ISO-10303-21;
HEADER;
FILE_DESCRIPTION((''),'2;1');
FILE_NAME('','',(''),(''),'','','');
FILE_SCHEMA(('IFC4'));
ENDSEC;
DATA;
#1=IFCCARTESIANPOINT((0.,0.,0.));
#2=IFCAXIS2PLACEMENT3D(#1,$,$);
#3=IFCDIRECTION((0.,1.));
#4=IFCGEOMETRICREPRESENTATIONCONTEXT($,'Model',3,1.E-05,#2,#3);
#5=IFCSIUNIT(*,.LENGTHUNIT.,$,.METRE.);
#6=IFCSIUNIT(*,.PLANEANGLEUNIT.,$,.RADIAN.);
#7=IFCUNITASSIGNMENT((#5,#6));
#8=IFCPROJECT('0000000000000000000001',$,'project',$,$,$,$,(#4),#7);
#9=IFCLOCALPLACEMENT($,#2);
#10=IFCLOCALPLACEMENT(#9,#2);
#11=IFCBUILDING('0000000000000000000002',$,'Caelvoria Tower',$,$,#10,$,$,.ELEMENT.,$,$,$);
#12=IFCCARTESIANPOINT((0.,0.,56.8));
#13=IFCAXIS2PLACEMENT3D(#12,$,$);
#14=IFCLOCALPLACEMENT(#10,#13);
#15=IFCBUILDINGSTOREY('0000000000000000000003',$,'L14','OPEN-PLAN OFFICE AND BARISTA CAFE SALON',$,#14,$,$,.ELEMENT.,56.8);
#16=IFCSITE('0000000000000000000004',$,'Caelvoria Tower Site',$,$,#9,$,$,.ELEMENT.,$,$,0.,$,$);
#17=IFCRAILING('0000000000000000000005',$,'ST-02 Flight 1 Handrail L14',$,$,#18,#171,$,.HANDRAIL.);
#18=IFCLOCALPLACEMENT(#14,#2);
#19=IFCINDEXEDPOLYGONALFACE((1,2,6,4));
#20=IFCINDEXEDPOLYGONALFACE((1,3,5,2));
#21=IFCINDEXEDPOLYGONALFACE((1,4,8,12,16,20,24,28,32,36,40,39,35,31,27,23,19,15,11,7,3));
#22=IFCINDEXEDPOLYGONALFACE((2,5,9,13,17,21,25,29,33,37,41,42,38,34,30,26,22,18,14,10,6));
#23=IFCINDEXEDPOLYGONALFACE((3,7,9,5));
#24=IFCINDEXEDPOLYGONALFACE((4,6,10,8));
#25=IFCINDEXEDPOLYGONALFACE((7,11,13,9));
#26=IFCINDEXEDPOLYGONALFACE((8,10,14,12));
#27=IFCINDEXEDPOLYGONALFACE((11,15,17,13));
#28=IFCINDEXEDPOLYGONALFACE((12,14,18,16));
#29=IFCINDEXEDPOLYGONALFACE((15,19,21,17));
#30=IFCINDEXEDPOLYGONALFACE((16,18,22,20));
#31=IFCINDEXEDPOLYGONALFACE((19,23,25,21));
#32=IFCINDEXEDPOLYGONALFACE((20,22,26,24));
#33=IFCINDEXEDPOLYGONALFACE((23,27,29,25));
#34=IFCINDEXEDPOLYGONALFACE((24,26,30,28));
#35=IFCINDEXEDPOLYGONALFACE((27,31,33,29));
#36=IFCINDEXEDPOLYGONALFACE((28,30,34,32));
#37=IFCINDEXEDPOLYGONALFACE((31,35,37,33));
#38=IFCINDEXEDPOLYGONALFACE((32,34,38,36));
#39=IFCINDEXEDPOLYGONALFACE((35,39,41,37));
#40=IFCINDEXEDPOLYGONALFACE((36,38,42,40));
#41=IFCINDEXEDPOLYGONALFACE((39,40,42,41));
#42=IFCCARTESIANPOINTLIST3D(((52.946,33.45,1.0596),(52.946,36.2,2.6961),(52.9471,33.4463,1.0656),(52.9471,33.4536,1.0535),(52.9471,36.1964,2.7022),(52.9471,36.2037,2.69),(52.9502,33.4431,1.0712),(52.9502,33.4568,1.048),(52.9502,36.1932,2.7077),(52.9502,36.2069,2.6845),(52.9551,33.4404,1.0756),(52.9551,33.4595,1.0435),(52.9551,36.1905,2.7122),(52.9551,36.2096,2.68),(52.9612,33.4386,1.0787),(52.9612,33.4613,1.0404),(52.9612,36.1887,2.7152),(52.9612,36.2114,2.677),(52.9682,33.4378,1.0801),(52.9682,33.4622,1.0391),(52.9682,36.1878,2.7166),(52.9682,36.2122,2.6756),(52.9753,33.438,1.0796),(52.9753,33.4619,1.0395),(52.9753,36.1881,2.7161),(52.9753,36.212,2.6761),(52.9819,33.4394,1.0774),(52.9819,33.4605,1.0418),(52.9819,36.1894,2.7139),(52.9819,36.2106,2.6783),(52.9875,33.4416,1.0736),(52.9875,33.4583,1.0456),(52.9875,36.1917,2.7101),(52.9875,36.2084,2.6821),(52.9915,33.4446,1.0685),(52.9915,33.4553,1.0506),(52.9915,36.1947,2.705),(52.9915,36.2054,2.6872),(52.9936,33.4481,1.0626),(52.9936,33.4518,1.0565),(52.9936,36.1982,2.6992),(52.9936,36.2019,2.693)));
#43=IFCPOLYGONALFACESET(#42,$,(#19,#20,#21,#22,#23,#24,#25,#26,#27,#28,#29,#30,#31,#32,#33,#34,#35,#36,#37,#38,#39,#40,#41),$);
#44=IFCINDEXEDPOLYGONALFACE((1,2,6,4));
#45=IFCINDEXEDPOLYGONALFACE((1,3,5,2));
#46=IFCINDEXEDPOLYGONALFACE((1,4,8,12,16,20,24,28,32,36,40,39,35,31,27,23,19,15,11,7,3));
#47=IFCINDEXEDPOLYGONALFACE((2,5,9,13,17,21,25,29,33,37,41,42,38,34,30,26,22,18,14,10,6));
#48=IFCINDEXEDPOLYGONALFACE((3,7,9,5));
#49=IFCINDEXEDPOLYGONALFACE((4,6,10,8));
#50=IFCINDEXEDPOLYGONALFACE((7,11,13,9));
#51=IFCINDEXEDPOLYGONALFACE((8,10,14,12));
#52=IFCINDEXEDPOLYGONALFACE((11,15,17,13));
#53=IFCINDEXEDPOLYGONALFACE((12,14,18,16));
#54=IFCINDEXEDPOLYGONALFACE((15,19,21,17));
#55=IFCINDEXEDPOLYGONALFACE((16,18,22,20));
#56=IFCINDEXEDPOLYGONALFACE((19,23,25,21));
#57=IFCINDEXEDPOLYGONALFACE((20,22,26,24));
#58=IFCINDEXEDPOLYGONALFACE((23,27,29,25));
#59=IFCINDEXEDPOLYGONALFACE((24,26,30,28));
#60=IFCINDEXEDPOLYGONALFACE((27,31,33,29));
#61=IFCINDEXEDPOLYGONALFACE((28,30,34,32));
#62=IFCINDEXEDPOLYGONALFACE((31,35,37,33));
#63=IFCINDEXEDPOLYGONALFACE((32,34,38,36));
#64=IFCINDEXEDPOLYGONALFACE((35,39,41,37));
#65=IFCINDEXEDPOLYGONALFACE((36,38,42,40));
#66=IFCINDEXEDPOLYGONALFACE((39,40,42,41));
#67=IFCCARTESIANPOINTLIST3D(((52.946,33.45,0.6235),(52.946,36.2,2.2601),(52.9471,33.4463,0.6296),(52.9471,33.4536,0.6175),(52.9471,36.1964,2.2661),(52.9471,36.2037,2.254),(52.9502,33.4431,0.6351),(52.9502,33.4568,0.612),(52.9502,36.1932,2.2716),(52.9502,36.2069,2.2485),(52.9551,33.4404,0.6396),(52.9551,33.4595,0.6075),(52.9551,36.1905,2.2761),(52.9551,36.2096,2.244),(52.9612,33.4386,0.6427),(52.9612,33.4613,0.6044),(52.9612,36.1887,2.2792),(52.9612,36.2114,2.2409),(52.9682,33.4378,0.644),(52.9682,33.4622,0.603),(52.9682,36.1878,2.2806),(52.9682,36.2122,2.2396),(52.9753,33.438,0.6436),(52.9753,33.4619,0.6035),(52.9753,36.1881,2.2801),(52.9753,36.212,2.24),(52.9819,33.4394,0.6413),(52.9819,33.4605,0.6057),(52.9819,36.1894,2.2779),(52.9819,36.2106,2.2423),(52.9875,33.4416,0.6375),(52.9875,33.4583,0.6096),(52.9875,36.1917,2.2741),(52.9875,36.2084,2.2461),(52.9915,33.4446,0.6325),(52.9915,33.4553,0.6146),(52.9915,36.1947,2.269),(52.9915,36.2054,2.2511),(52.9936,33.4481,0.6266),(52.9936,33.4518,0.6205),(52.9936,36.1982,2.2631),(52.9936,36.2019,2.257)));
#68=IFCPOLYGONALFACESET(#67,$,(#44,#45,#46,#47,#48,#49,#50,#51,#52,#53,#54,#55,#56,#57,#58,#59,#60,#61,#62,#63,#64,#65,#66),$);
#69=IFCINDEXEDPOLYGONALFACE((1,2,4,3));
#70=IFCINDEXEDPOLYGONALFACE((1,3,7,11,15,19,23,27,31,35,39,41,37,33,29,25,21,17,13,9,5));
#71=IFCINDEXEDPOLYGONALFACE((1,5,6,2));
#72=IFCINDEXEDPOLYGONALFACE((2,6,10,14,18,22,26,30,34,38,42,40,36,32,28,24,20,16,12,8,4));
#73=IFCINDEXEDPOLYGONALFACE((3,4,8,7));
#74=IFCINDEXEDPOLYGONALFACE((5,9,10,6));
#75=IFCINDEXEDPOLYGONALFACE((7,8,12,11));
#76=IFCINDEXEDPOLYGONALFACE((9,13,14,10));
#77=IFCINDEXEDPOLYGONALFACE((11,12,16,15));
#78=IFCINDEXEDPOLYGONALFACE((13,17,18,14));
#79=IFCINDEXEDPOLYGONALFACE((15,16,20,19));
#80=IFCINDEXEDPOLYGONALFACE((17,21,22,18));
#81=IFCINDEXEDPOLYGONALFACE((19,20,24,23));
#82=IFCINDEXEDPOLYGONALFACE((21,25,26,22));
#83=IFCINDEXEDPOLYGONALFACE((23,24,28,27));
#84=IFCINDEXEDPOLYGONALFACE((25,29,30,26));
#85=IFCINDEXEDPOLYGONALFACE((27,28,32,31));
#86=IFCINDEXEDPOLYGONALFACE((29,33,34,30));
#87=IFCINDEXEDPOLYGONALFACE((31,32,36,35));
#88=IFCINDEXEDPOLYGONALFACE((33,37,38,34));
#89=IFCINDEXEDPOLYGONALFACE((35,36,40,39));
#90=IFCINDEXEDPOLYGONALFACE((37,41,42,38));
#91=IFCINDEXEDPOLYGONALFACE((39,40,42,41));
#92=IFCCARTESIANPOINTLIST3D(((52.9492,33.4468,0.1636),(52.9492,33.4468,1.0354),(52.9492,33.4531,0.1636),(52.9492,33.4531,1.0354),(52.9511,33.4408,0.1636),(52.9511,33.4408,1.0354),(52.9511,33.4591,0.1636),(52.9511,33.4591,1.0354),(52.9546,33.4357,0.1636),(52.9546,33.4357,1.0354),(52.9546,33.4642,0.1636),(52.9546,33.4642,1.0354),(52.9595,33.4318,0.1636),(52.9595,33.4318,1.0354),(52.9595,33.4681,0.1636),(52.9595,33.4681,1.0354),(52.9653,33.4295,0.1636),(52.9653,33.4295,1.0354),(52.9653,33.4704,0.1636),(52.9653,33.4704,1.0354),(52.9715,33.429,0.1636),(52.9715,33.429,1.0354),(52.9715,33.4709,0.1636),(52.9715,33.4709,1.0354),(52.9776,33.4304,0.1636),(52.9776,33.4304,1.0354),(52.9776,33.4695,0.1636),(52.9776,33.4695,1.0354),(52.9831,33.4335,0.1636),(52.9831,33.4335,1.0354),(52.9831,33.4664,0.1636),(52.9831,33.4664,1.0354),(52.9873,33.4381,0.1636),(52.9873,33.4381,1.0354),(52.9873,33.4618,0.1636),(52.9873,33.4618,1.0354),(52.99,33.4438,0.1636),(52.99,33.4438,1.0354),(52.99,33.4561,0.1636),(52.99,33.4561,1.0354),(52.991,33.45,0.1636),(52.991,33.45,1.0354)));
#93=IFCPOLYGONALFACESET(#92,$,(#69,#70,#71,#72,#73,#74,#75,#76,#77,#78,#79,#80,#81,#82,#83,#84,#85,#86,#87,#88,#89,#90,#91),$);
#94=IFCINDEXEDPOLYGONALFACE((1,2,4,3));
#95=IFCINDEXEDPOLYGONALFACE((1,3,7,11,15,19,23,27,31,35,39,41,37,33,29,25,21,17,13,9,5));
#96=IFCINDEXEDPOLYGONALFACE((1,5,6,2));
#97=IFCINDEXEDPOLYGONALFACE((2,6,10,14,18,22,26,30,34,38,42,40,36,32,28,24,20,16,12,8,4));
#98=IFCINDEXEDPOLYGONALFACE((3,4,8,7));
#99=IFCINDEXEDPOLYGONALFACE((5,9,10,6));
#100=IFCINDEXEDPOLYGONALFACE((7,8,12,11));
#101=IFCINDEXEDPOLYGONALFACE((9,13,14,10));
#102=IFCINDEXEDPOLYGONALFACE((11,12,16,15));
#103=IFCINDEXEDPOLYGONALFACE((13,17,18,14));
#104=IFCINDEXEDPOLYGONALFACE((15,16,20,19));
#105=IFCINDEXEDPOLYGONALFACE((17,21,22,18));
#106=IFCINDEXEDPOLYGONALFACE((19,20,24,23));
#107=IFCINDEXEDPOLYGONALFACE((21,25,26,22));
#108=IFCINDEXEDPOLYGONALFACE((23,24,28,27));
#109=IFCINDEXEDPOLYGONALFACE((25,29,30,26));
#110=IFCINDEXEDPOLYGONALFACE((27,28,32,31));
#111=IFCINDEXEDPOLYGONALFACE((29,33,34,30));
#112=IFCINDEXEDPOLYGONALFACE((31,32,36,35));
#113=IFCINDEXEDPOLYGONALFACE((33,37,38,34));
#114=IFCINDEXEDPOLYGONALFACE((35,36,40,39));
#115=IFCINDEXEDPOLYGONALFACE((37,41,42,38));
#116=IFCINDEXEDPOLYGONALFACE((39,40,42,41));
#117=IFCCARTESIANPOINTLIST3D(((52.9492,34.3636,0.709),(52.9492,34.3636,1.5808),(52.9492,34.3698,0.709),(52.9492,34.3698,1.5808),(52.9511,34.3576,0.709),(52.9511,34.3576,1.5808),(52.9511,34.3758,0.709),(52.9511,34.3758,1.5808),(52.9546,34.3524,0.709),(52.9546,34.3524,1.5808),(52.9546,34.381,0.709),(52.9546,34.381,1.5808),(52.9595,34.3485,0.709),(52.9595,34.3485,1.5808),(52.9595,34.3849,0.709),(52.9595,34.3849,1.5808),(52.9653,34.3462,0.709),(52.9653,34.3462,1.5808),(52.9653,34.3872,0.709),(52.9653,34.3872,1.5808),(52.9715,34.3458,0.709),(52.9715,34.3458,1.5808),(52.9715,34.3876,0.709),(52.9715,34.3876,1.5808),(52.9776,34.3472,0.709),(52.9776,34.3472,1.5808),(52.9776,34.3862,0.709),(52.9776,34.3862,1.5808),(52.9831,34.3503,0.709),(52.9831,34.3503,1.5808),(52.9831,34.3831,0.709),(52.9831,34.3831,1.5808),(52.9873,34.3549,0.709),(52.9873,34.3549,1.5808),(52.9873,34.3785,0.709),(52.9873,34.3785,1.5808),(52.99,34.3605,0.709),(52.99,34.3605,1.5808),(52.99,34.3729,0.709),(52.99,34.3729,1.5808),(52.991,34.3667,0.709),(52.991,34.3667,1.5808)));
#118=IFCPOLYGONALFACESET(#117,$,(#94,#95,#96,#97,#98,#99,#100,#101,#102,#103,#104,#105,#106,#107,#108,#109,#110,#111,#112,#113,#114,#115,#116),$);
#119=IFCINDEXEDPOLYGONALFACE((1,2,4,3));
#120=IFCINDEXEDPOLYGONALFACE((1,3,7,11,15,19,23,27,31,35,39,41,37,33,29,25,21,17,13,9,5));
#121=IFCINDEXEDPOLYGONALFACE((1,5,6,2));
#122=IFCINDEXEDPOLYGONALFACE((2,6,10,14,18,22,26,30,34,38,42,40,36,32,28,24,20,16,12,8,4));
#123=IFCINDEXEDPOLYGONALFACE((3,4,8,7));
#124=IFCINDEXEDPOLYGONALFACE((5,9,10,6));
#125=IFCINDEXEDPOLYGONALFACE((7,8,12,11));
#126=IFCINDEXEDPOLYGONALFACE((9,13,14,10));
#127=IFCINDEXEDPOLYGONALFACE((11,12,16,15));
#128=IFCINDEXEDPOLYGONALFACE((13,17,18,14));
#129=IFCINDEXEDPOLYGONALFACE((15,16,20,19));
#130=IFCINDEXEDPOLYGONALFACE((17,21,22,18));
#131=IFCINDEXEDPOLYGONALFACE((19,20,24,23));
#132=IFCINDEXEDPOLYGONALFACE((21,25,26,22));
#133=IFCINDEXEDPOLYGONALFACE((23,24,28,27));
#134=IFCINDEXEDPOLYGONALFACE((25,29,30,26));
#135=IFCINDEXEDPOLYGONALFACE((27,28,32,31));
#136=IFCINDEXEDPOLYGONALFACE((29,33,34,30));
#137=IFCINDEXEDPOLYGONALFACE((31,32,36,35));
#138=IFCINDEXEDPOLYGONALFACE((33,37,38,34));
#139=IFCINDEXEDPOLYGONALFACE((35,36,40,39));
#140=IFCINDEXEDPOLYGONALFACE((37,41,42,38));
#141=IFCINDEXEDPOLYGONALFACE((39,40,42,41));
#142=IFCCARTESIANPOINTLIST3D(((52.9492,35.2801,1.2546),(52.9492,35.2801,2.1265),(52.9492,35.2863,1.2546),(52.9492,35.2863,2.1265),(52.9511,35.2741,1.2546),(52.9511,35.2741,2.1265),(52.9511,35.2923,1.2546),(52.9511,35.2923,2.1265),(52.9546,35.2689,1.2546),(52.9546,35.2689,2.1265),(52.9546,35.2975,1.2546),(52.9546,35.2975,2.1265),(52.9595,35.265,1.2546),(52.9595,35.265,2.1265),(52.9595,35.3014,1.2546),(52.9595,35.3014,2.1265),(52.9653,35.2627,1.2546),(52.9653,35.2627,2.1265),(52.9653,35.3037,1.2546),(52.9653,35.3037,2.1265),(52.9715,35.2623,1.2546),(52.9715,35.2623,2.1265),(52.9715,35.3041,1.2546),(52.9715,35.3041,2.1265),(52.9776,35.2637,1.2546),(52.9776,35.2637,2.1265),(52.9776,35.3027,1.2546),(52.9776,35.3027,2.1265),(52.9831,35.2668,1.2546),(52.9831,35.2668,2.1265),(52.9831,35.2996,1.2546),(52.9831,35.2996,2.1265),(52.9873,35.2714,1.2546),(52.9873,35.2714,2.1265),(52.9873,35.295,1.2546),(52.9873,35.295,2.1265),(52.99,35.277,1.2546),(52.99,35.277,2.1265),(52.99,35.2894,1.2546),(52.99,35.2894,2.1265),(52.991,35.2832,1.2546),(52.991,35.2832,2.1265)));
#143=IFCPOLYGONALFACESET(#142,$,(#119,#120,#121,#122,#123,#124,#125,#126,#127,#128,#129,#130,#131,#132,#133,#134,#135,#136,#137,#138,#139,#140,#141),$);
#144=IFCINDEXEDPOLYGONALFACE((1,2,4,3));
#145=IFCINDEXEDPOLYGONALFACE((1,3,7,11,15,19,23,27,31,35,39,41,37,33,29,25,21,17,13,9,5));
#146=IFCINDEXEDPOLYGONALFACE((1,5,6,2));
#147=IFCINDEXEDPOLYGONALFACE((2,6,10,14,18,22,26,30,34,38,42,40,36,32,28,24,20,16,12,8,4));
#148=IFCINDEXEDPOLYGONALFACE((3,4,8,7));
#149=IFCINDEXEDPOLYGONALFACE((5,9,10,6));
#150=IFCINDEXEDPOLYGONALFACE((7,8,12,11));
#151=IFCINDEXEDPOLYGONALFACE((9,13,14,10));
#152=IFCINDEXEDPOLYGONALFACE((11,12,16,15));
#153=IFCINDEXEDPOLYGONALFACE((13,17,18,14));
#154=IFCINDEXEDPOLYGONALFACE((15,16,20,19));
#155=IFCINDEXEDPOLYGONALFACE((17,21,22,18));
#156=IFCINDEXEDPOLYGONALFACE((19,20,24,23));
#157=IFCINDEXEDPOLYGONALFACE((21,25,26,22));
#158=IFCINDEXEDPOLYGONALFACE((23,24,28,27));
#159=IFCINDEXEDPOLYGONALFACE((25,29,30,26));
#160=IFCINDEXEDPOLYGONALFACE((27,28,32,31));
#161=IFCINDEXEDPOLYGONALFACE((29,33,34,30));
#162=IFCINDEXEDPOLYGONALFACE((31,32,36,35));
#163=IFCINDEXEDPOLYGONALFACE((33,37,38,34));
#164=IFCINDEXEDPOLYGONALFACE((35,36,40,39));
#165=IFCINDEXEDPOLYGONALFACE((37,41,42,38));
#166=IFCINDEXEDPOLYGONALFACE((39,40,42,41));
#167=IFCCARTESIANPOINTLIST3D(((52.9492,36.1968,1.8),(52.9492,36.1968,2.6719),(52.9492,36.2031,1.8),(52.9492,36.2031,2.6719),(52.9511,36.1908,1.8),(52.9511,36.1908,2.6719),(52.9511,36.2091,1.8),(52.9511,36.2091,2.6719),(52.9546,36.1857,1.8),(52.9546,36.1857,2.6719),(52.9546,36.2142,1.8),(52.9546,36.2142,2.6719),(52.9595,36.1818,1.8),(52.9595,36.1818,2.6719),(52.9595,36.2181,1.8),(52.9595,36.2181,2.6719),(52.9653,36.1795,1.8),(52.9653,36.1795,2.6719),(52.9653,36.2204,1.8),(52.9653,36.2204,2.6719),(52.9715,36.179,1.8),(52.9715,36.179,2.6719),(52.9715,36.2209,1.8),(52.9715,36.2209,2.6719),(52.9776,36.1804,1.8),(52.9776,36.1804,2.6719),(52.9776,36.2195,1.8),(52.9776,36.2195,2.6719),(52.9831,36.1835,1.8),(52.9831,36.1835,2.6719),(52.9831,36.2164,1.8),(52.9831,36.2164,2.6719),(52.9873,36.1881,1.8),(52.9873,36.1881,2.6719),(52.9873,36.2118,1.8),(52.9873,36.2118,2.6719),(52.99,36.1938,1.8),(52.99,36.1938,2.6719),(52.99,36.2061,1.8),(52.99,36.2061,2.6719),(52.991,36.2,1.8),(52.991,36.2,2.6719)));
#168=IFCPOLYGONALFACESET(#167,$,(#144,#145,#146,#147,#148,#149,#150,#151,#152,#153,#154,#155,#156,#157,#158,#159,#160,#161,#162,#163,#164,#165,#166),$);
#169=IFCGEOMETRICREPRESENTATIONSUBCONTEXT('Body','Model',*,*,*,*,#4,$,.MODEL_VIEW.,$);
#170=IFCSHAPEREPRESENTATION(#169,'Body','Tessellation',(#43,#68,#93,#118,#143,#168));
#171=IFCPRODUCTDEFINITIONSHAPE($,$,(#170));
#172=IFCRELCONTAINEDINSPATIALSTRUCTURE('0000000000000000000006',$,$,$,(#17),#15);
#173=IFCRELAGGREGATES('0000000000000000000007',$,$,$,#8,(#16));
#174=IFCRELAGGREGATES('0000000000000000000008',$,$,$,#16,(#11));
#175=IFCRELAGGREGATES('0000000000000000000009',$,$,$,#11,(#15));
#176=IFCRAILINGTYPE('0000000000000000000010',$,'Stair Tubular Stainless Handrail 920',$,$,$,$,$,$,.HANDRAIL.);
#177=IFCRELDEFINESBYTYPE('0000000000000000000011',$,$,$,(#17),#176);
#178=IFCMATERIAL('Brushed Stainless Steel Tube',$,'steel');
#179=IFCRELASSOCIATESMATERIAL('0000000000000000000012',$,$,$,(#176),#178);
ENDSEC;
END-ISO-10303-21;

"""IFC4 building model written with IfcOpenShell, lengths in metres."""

from ifc_helpers import new_model, si_unit, direction, frame, origin, origin_2d, place, context, subcontext, project, spatial, circle, extrude, material, type_object, element, save


model = new_model("IFC4")

# Units and contexts
model_context = context("Model", 3, precision=1e-05, world=origin(), true_north=direction((0.0, 1.0)))
body_context = subcontext(model_context, "Body", "Model", "MODEL_VIEW")
ifc_project = project(units=[si_unit("LENGTHUNIT", "METRE"), si_unit("PLANEANGLEUNIT", "RADIAN")], contexts=[model_context])

# Site, building, storey
site_placement = place(None, origin())
site = spatial("IfcSite", under=ifc_project, at=site_placement, Name="Caelvoria Tower Site", CompositionType="ELEMENT", RefElevation=0.0)
building_placement = place(site_placement, origin())
building = spatial("IfcBuilding", under=site, at=building_placement, Name="Caelvoria Tower", CompositionType="ELEMENT")
storey_placement = place(building_placement, frame((0.0, 0.0, 56.8)))
storey = spatial("IfcBuildingStorey", under=building, at=storey_placement, Name="L14", Description="OPEN-PLAN OFFICE AND BARISTA CAFE SALON", CompositionType="ELEMENT", Elevation=56.8)

# Railing
ifc_material_1 = material(Name="Brushed Stainless Steel Tube", Category="steel")
railing_type_1 = type_object("IfcRailingType", Name="Stair Tubular Stainless Handrail 920", PredefinedType="HANDRAIL", material=ifc_material_1)
railing_1_placement = place(storey_placement, frame((52.97, 33.45, 0.1636)))
element("IfcRailing", 1, at=railing_1_placement, inside=storey, type_object=railing_type_1, Name="ST-02 Flight 1 Handrail L14", PredefinedType="HANDRAIL", context=body_context, shape_type="SweptSolid", body=[
    extrude(circle(Radius=0.0239, at=origin_2d()), frame((0.0, 0.0, 0.896), z_axis=(0.0, 0.859352, 0.511385), x_axis=(-1.0, 0.0, 0.0)), (0.0, 0.0, 1.0), 3.2002),
    extrude(circle(Radius=0.0239, at=origin_2d()), frame((0.0, 0.0, 0.46), z_axis=(0.0, 0.859352, 0.511385), x_axis=(-1.0, 0.0, 0.0)), (0.0, 0.0, 1.0), 3.2002),
    extrude(circle(Radius=0.021, at=origin_2d()), origin(), (0.0, 0.0, 1.0), 0.8718),
    extrude(circle(Radius=0.021, at=origin_2d()), frame((0.0, 0.9167, 0.5454)), (0.0, 0.0, 1.0), 0.8718),
    extrude(circle(Radius=0.021, at=origin_2d()), frame((0.0, 1.8333, 1.0911)), (0.0, 0.0, 1.0), 0.8718),
    extrude(circle(Radius=0.021, at=origin_2d()), frame((0.0, 2.75, 1.6365)), (0.0, 0.0, 1.0), 0.8718),
])

save(model, "model.ifc")
